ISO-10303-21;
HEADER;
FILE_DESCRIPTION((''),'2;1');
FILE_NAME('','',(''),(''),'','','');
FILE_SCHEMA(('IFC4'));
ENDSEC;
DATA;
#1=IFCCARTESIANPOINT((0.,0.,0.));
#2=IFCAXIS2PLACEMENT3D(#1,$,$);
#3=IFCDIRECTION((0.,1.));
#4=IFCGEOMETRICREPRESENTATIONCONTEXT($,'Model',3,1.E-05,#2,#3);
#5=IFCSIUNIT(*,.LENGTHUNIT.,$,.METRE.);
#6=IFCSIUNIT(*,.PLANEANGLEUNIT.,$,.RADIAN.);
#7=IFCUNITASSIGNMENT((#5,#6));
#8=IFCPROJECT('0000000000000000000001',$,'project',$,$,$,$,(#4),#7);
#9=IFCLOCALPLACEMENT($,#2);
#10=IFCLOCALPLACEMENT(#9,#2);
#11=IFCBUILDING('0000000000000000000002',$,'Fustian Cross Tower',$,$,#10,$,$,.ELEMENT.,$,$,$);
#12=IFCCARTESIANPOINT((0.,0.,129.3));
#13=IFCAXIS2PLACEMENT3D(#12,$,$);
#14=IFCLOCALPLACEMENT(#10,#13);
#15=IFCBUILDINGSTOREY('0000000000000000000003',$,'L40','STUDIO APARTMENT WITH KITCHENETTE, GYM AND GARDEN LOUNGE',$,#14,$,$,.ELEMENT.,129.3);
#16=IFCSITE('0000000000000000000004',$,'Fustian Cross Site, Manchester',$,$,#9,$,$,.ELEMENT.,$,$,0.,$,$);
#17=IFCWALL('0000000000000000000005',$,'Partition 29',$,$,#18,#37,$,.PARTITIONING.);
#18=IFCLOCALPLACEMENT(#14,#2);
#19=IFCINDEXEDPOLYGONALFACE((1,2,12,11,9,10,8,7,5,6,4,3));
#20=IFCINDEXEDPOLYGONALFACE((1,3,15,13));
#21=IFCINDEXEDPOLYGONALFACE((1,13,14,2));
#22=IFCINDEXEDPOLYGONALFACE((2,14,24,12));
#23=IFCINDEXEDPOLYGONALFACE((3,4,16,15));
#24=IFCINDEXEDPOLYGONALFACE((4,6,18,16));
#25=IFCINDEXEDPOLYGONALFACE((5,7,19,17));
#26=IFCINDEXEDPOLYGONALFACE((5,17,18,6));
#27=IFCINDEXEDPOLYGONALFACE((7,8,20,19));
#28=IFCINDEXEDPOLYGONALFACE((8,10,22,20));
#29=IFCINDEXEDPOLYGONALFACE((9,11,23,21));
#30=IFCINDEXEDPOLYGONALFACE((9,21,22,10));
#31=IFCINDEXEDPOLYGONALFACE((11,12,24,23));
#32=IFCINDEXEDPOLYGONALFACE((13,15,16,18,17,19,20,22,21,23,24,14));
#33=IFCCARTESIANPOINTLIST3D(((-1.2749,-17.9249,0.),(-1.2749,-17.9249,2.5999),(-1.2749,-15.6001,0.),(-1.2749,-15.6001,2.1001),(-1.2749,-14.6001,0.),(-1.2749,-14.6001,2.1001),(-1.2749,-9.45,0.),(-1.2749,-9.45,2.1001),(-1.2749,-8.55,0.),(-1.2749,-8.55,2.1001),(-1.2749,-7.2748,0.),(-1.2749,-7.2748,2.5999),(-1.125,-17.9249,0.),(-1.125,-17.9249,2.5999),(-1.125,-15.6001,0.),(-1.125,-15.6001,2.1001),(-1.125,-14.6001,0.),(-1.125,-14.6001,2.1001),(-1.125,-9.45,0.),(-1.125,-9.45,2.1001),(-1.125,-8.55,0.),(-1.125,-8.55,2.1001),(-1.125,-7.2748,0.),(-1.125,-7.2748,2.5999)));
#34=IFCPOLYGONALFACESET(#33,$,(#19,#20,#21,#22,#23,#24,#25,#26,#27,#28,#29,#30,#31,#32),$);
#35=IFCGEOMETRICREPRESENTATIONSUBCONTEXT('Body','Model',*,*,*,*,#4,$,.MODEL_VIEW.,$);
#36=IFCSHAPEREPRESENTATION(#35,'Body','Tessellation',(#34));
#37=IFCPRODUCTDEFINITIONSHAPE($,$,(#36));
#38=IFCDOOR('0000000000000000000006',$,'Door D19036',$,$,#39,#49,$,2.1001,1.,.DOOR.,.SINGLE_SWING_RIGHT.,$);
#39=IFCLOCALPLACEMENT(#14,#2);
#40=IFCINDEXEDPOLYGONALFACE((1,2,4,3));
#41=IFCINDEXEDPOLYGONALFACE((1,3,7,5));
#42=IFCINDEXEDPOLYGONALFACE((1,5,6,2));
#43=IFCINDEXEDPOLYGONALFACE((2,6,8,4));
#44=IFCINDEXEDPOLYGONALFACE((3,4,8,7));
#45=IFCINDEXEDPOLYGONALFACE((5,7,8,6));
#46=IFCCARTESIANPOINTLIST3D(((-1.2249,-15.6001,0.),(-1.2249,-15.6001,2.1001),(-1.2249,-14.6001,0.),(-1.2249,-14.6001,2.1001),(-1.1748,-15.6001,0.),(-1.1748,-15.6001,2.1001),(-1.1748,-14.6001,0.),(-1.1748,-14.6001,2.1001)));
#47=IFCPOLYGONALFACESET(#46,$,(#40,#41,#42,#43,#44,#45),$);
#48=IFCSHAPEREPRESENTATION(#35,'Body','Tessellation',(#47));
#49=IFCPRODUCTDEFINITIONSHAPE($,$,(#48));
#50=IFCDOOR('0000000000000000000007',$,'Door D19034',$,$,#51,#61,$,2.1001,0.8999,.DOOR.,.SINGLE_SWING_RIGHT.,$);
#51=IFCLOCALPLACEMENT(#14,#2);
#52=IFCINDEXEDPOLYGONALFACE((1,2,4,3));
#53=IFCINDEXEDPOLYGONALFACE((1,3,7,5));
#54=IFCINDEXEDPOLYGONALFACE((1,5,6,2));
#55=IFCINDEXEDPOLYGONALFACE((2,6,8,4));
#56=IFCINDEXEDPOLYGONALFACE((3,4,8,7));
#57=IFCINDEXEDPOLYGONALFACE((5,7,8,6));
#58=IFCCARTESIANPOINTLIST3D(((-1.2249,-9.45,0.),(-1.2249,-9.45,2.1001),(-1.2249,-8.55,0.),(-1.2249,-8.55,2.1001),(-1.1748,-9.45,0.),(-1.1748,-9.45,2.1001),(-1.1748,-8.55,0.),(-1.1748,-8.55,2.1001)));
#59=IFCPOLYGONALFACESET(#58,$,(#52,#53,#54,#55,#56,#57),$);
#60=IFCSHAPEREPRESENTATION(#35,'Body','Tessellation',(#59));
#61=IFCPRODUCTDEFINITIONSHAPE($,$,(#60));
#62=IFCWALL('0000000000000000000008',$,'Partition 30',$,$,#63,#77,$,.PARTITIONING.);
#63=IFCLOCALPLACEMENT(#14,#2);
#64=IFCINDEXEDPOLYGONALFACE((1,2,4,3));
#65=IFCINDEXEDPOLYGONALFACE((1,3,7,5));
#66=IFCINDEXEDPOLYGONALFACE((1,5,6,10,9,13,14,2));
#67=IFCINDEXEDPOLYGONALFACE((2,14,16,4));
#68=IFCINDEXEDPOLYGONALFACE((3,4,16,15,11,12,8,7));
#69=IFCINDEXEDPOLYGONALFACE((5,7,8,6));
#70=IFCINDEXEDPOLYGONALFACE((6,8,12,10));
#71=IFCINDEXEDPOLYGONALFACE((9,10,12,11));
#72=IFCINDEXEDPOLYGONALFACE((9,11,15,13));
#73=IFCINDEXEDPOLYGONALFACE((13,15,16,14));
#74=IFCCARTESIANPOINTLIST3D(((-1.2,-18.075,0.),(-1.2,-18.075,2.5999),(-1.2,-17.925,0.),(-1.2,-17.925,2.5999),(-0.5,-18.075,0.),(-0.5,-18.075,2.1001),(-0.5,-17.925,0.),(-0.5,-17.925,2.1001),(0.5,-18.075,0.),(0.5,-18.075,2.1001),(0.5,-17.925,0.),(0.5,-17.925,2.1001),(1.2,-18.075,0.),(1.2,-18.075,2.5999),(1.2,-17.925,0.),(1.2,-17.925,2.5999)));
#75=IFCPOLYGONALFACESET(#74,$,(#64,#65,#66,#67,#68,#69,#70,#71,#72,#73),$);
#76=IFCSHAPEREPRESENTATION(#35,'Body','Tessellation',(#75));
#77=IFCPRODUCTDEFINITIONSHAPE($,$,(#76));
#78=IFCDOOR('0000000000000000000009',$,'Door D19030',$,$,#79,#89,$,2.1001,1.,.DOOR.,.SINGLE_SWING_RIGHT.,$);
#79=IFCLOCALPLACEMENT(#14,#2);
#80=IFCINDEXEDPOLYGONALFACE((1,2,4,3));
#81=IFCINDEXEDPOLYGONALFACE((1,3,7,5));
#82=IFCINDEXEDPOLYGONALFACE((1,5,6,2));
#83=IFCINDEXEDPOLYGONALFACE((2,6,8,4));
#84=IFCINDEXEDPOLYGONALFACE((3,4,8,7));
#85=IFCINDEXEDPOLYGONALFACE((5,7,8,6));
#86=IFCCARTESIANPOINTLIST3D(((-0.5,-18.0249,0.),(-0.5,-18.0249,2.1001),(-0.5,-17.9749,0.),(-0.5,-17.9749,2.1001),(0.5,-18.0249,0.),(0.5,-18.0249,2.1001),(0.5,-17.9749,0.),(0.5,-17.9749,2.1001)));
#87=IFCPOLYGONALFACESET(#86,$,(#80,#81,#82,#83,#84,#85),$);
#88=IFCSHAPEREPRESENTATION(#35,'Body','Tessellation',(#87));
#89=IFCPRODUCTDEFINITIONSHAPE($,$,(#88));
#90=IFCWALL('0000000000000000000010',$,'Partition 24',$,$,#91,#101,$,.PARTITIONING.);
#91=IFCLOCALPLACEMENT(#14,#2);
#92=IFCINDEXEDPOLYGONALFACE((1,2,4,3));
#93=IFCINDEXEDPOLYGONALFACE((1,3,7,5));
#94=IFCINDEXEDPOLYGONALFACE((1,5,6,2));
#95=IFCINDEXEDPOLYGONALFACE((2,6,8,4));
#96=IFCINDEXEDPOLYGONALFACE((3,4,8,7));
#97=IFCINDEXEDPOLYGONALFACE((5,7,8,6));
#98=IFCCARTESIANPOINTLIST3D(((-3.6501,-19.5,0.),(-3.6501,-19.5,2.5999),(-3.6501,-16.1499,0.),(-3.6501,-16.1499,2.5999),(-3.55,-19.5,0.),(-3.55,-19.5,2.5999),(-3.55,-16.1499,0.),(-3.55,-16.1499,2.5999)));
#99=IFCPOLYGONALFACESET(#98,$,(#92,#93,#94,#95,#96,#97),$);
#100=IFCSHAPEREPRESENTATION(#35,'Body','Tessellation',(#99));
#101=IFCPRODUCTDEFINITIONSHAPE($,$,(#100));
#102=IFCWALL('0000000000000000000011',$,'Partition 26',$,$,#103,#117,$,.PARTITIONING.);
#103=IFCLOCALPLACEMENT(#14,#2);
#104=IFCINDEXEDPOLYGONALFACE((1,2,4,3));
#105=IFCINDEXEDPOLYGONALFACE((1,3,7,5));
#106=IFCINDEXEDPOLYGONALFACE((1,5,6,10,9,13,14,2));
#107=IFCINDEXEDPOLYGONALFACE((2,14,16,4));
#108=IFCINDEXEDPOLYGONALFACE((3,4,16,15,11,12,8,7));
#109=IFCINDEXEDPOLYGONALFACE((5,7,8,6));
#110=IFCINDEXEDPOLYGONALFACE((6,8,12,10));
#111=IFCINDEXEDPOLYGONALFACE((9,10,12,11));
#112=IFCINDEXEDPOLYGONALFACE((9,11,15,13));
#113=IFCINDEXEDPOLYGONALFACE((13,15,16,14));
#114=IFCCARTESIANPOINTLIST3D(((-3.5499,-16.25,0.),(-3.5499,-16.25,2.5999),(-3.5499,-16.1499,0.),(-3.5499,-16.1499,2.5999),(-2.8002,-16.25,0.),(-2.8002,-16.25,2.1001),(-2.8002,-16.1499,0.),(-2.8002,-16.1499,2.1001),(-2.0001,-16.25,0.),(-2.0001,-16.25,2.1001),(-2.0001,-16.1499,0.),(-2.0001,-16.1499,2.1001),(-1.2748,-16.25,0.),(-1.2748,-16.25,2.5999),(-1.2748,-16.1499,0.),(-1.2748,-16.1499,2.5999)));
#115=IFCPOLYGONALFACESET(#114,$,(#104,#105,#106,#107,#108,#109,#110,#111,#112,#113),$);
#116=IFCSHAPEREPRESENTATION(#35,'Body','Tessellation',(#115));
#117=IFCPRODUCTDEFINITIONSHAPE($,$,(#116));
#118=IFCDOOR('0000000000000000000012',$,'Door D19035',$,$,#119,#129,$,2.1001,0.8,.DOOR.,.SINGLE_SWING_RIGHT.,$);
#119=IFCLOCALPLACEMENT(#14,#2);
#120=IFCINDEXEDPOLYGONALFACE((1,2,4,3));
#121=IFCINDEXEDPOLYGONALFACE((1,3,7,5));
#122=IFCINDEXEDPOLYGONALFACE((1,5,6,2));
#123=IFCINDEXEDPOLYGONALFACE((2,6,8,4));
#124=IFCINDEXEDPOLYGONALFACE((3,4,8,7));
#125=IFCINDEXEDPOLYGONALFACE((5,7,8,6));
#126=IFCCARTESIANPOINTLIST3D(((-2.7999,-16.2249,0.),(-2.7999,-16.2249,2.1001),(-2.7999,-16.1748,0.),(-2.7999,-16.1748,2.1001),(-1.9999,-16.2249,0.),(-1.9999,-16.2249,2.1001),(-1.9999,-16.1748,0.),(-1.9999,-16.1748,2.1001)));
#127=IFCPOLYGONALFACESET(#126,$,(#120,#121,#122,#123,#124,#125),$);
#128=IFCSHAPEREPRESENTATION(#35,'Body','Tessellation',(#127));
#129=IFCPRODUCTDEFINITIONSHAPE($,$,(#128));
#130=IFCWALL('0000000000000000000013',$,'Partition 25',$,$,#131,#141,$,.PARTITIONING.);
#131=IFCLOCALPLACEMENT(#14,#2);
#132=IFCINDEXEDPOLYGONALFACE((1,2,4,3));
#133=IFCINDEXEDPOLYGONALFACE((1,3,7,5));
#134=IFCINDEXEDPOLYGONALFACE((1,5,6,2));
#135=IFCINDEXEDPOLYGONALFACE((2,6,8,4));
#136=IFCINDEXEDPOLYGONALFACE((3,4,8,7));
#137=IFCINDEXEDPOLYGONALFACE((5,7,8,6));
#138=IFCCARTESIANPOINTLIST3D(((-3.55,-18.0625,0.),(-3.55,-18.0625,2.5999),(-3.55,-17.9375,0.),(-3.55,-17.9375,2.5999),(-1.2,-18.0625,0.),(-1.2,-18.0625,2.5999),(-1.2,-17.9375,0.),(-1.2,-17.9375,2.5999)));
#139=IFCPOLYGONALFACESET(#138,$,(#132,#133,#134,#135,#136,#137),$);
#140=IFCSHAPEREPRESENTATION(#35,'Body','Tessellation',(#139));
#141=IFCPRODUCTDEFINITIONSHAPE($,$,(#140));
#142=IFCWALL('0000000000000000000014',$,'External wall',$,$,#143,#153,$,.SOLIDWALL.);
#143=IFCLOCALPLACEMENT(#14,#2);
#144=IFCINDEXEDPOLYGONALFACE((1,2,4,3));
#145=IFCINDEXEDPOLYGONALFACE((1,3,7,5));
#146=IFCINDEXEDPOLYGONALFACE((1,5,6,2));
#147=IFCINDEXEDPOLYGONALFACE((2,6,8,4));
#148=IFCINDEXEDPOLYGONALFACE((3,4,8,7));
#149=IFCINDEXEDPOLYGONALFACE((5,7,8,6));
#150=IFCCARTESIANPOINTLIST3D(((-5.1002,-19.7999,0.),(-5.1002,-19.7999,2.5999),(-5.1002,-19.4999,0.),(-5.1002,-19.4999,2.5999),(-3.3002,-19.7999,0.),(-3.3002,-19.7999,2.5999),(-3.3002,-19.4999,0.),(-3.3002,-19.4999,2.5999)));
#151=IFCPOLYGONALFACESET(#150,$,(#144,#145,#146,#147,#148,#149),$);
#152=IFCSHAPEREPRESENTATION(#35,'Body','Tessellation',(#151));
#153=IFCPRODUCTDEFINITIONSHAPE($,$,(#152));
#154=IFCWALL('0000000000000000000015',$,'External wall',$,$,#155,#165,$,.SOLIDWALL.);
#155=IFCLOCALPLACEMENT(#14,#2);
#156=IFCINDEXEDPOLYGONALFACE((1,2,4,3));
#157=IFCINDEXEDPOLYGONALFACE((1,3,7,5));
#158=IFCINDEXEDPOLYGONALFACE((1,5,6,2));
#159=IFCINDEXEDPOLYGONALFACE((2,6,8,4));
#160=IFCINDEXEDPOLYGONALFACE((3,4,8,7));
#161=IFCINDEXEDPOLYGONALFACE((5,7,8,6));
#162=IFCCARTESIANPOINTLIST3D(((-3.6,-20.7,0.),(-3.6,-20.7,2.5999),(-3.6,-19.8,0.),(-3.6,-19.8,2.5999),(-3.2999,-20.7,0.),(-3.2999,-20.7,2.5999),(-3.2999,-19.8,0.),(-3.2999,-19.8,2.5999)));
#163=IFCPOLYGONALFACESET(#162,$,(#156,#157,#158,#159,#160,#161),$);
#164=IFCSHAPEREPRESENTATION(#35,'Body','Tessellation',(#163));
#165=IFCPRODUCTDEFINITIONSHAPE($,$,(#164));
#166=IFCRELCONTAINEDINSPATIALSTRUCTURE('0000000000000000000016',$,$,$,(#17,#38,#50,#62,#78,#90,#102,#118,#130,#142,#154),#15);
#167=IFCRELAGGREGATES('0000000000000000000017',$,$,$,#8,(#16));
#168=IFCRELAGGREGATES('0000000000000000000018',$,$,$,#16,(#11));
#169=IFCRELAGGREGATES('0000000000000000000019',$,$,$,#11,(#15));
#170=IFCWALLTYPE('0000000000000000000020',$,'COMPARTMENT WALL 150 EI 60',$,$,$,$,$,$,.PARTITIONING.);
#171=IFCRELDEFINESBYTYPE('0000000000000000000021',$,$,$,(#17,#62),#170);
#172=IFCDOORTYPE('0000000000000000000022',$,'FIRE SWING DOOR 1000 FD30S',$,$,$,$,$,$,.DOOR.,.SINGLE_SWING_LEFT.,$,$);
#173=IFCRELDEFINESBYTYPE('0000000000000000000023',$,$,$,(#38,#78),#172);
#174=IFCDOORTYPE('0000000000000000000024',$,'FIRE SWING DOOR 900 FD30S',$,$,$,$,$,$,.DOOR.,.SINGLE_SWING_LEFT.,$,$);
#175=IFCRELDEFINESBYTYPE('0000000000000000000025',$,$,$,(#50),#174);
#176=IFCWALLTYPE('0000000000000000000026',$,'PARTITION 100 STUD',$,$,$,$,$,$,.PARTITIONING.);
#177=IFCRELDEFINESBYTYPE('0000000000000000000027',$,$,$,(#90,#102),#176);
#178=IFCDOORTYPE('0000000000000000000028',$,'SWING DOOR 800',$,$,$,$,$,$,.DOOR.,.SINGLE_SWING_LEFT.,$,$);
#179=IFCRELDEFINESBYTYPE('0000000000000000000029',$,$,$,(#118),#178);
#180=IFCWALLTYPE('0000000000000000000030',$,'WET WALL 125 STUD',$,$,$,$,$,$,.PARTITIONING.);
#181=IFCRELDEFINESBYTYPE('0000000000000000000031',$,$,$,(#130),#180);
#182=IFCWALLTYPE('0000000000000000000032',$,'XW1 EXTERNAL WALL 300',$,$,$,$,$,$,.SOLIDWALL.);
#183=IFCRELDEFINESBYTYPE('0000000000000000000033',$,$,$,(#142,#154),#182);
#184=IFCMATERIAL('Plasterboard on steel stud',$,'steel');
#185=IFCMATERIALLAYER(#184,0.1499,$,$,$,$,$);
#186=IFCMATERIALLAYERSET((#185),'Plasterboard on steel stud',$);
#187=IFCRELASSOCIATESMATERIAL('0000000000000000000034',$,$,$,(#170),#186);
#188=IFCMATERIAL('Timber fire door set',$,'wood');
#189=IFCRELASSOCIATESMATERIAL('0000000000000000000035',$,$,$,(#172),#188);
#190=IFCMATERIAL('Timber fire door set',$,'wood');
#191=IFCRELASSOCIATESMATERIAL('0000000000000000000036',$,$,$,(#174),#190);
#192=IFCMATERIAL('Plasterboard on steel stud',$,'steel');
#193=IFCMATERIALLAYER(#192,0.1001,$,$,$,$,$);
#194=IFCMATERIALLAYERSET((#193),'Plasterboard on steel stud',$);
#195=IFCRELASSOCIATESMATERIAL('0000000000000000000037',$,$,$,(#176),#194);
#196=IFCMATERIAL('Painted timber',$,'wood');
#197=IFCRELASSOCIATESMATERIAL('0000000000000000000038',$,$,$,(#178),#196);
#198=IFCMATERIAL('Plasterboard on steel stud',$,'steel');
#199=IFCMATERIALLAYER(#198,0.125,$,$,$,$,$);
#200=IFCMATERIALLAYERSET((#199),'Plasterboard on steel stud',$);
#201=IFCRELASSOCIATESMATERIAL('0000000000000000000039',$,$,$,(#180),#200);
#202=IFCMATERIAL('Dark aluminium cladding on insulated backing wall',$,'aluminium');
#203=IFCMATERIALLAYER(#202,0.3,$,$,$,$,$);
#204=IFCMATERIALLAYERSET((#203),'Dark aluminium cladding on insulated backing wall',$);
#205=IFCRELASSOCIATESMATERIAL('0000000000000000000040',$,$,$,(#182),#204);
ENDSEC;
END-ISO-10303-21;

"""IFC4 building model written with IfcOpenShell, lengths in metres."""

from ifc_helpers import new_model, si_unit, direction, frame, frame_2d, origin, place, context, subcontext, project, spatial, rectangle, extrude, material, layer, layer_set, type_object, element, fill, save


model = new_model("IFC4")

# Units and contexts
model_context = context("Model", 3, precision=1e-05, world=origin(), true_north=direction((0.0, 1.0)))
body_context = subcontext(model_context, "Body", "Model", "MODEL_VIEW")
ifc_project = project(units=[si_unit("LENGTHUNIT", "METRE"), si_unit("PLANEANGLEUNIT", "RADIAN")], contexts=[model_context])

# Site, building, storey
site_placement = place(None, origin())
site = spatial("IfcSite", under=ifc_project, at=site_placement, Name="Fustian Cross Site, Manchester", CompositionType="ELEMENT", RefElevation=0.0)
building_placement = place(site_placement, origin())
building = spatial("IfcBuilding", under=site, at=building_placement, Name="Fustian Cross Tower", CompositionType="ELEMENT")
storey_placement = place(building_placement, frame((0.0, 0.0, 129.3)))
storey = spatial("IfcBuildingStorey", under=building, at=storey_placement, Name="L40", Description="STUDIO APARTMENT WITH KITCHENETTE, GYM AND GARDEN LOUNGE", CompositionType="ELEMENT", Elevation=129.3)

# Wall, openings, doors
ifc_material_1 = material(Name="Plasterboard on steel stud", Category="steel")
ifc_layer_1 = layer(ifc_material_1, 0.1499)
ifc_layer_set_1 = layer_set([ifc_layer_1], Name="Plasterboard on steel stud")
wall_type_1 = type_object("IfcWallType", Name="COMPARTMENT WALL 150 EI 60", PredefinedType="PARTITIONING", material=ifc_layer_set_1)
wall_1_placement = place(storey_placement, frame((-1.2, -17.925, 0.0), z_axis=(0.0, 0.0, 1.0), x_axis=(0.0, 1.0, 0.0)))
wall_1 = element("IfcWall", 1, at=wall_1_placement, inside=storey, type_object=wall_type_1, Name="Partition 29", PredefinedType="PARTITIONING", context=body_context, shape_type="SweptSolid", body=[
    extrude(rectangle(XDim=10.6501, YDim=0.1499, at=frame_2d((5.3252, 0.0))), origin(), (0.0, 0.0, 1.0), 2.5999),
])
opening_1_placement = place(wall_1_placement, frame((8.4751, 0.0, 0.0)))
opening_1 = element("IfcOpeningElement", 2, at=opening_1_placement, cuts=wall_1, PredefinedType="OPENING", context=body_context, shape_type="SweptSolid", body=[
    extrude(rectangle(XDim=0.8999, YDim=2.1001, at=frame_2d((0.45, 1.05))), frame((0.0, 0.085, 0.0), z_axis=(0.0, -1.0, 0.0), x_axis=(1.0, 0.0, 0.0)), (0.0, 0.0, 1.0), 0.1699),
])
opening_2_placement = place(wall_1_placement, frame((2.325, 0.0, 0.0)))
opening_2 = element("IfcOpeningElement", 3, at=opening_2_placement, cuts=wall_1, PredefinedType="OPENING", context=body_context, shape_type="SweptSolid", body=[
    extrude(rectangle(XDim=1.0, YDim=2.1001, at=frame_2d((0.5, 1.05))), frame((0.0, 0.085, 0.0), z_axis=(0.0, -1.0, 0.0), x_axis=(1.0, 0.0, 0.0)), (0.0, 0.0, 1.0), 0.1699),
])
ifc_material_2 = material(Name="Timber fire door set", Category="wood")
door_type_1 = type_object("IfcDoorType", Name="FIRE SWING DOOR 1000 FD30S", OperationType="SINGLE_SWING_LEFT", PredefinedType="DOOR", material=ifc_material_2)
door_1_placement = place(opening_2_placement, origin())
door_1 = element("IfcDoor", 4, at=door_1_placement, inside=storey, type_object=door_type_1, Name="Door D19036", OperationType="SINGLE_SWING_RIGHT", OverallHeight=2.1001, OverallWidth=1.0, PredefinedType="DOOR", context=body_context, shape_type="SweptSolid", body=[
    extrude(rectangle(XDim=1.0, YDim=2.1001, at=frame_2d((0.5, 1.05))), frame((0.0, 0.0249, 0.0), z_axis=(0.0, -1.0, 0.0), x_axis=(1.0, 0.0, 0.0)), (0.0, 0.0, 1.0), 0.05),
])
fill(opening_2, door_1)
ifc_material_3 = material(Name="Timber fire door set", Category="wood")
door_type_2 = type_object("IfcDoorType", Name="FIRE SWING DOOR 900 FD30S", OperationType="SINGLE_SWING_LEFT", PredefinedType="DOOR", material=ifc_material_3)
door_2_placement = place(opening_1_placement, origin())
door_2 = element("IfcDoor", 5, at=door_2_placement, inside=storey, type_object=door_type_2, Name="Door D19034", OperationType="SINGLE_SWING_RIGHT", OverallHeight=2.1001, OverallWidth=0.8999, PredefinedType="DOOR", context=body_context, shape_type="SweptSolid", body=[
    extrude(rectangle(XDim=0.8999, YDim=2.1001, at=frame_2d((0.45, 1.05))), frame((0.0, 0.0249, 0.0), z_axis=(0.0, -1.0, 0.0), x_axis=(1.0, 0.0, 0.0)), (0.0, 0.0, 1.0), 0.05),
])
fill(opening_1, door_2)

# Wall, opening, door
wall_2_placement = place(storey_placement, frame((-1.2, -18.0, 0.0), z_axis=(0.0, 0.0, 1.0), x_axis=(1.0, 0.0, 0.0)))
wall_2 = element("IfcWall", 6, at=wall_2_placement, inside=storey, type_object=wall_type_1, Name="Partition 30", PredefinedType="PARTITIONING", context=body_context, shape_type="SweptSolid", body=[
    extrude(rectangle(XDim=2.3999, YDim=0.1499, at=frame_2d((1.2, 0.0))), origin(), (0.0, 0.0, 1.0), 2.5999),
])
opening_3_placement = place(wall_2_placement, frame((0.7, 0.0, 0.0)))
opening_3 = element("IfcOpeningElement", 7, at=opening_3_placement, cuts=wall_2, PredefinedType="OPENING", context=body_context, shape_type="SweptSolid", body=[
    extrude(rectangle(XDim=1.0, YDim=2.1001, at=frame_2d((0.5, 1.05))), frame((0.0, 0.085, 0.0), z_axis=(0.0, -1.0, 0.0), x_axis=(1.0, 0.0, 0.0)), (0.0, 0.0, 1.0), 0.1699),
])
door_3_placement = place(opening_3_placement, frame((1.0, 0.0, 0.0), z_axis=(0.0, 0.0, 1.0), x_axis=(-1.0, 0.0, 0.0)))
door_3 = element("IfcDoor", 8, at=door_3_placement, inside=storey, type_object=door_type_1, Name="Door D19030", OperationType="SINGLE_SWING_RIGHT", OverallHeight=2.1001, OverallWidth=1.0, PredefinedType="DOOR", context=body_context, shape_type="SweptSolid", body=[
    extrude(rectangle(XDim=1.0, YDim=2.1001, at=frame_2d((0.5, 1.05))), frame((0.0, 0.0249, 0.0), z_axis=(0.0, -1.0, 0.0), x_axis=(1.0, 0.0, 0.0)), (0.0, 0.0, 1.0), 0.05),
])
fill(opening_3, door_3)

# Wall
ifc_material_4 = material(Name="Plasterboard on steel stud", Category="steel")
ifc_layer_2 = layer(ifc_material_4, 0.1001)
ifc_layer_set_2 = layer_set([ifc_layer_2], Name="Plasterboard on steel stud")
wall_type_2 = type_object("IfcWallType", Name="PARTITION 100 STUD", PredefinedType="PARTITIONING", material=ifc_layer_set_2)
wall_3_placement = place(storey_placement, frame((-3.6001, -19.5, 0.0), z_axis=(0.0, 0.0, 1.0), x_axis=(0.0, 1.0, 0.0)))
element("IfcWall", 9, at=wall_3_placement, inside=storey, type_object=wall_type_2, Name="Partition 24", PredefinedType="PARTITIONING", context=body_context, shape_type="SweptSolid", body=[
    extrude(rectangle(XDim=3.3501, YDim=0.1001, at=frame_2d((1.675, 0.0))), origin(), (0.0, 0.0, 1.0), 2.5999),
])

# Wall, opening, door
wall_4_placement = place(storey_placement, frame((-3.55, -16.2, 0.0), z_axis=(0.0, 0.0, 1.0), x_axis=(1.0, 0.0, 0.0)))
wall_4 = element("IfcWall", 10, at=wall_4_placement, inside=storey, type_object=wall_type_2, Name="Partition 26", PredefinedType="PARTITIONING", context=body_context, shape_type="SweptSolid", body=[
    extrude(rectangle(XDim=2.2751, YDim=0.1001, at=frame_2d((1.1377, 0.0))), origin(), (0.0, 0.0, 1.0), 2.5999),
])
opening_4_placement = place(wall_4_placement, frame((0.75, 0.0, 0.0)))
opening_4 = element("IfcOpeningElement", 11, at=opening_4_placement, cuts=wall_4, PredefinedType="OPENING", context=body_context, shape_type="SweptSolid", body=[
    extrude(rectangle(XDim=0.8, YDim=2.1001, at=frame_2d((0.3999, 1.05))), frame((0.0, 0.0601, 0.0), z_axis=(0.0, -1.0, 0.0), x_axis=(1.0, 0.0, 0.0)), (0.0, 0.0, 1.0), 0.1201),
])
ifc_material_5 = material(Name="Painted timber", Category="wood")
door_type_3 = type_object("IfcDoorType", Name="SWING DOOR 800", OperationType="SINGLE_SWING_LEFT", PredefinedType="DOOR", material=ifc_material_5)
door_4_placement = place(opening_4_placement, frame((0.8, 0.0, 0.0), z_axis=(0.0, 0.0, 1.0), x_axis=(-1.0, 0.0, 0.0)))
door_4 = element("IfcDoor", 12, at=door_4_placement, inside=storey, type_object=door_type_3, Name="Door D19035", OperationType="SINGLE_SWING_RIGHT", OverallHeight=2.1001, OverallWidth=0.8, PredefinedType="DOOR", context=body_context, shape_type="SweptSolid", body=[
    extrude(rectangle(XDim=0.8, YDim=2.1001, at=frame_2d((0.3999, 1.05))), frame((0.0, 0.0249, 0.0), z_axis=(0.0, -1.0, 0.0), x_axis=(1.0, 0.0, 0.0)), (0.0, 0.0, 1.0), 0.05),
])
fill(opening_4, door_4)

# Walls
ifc_material_6 = material(Name="Plasterboard on steel stud", Category="steel")
ifc_layer_3 = layer(ifc_material_6, 0.125)
ifc_layer_set_3 = layer_set([ifc_layer_3], Name="Plasterboard on steel stud")
wall_type_3 = type_object("IfcWallType", Name="WET WALL 125 STUD", PredefinedType="PARTITIONING", material=ifc_layer_set_3)
wall_5_placement = place(storey_placement, frame((-3.55, -18.0, 0.0), z_axis=(0.0, 0.0, 1.0), x_axis=(1.0, 0.0, 0.0)))
element("IfcWall", 13, at=wall_5_placement, inside=storey, type_object=wall_type_3, Name="Partition 25", PredefinedType="PARTITIONING", context=body_context, shape_type="SweptSolid", body=[
    extrude(rectangle(XDim=2.3501, YDim=0.125, at=frame_2d((1.175, 0.0))), origin(), (0.0, 0.0, 1.0), 2.5999),
])
ifc_material_7 = material(Name="Dark aluminium cladding on insulated backing wall", Category="aluminium")
ifc_layer_4 = layer(ifc_material_7, 0.3)
ifc_layer_set_4 = layer_set([ifc_layer_4], Name="Dark aluminium cladding on insulated backing wall")
wall_type_4 = type_object("IfcWallType", Name="XW1 EXTERNAL WALL 300", PredefinedType="SOLIDWALL", material=ifc_layer_set_4)
wall_6_placement = place(storey_placement, frame((-5.1001, -19.6499, 0.0), z_axis=(0.0, 0.0, 1.0), x_axis=(1.0, 0.0, 0.0)))
element("IfcWall", 14, at=wall_6_placement, inside=storey, type_object=wall_type_4, Name="External wall", PredefinedType="SOLIDWALL", context=body_context, shape_type="SweptSolid", body=[
    extrude(rectangle(XDim=1.8, YDim=0.3, at=frame_2d((0.8999, 0.0))), origin(), (0.0, 0.0, 1.0), 2.5999),
])
wall_7_placement = place(storey_placement, frame((-3.45, -19.8, 0.0), z_axis=(0.0, 0.0, 1.0), x_axis=(0.0, -1.0, 0.0)))
element("IfcWall", 15, at=wall_7_placement, inside=storey, type_object=wall_type_4, Name="External wall", PredefinedType="SOLIDWALL", context=body_context, shape_type="SweptSolid", body=[
    extrude(rectangle(XDim=0.8999, YDim=0.3, at=frame_2d((0.45, 0.0))), origin(), (0.0, 0.0, 1.0), 2.5999),
])

save(model, "model.ifc")
